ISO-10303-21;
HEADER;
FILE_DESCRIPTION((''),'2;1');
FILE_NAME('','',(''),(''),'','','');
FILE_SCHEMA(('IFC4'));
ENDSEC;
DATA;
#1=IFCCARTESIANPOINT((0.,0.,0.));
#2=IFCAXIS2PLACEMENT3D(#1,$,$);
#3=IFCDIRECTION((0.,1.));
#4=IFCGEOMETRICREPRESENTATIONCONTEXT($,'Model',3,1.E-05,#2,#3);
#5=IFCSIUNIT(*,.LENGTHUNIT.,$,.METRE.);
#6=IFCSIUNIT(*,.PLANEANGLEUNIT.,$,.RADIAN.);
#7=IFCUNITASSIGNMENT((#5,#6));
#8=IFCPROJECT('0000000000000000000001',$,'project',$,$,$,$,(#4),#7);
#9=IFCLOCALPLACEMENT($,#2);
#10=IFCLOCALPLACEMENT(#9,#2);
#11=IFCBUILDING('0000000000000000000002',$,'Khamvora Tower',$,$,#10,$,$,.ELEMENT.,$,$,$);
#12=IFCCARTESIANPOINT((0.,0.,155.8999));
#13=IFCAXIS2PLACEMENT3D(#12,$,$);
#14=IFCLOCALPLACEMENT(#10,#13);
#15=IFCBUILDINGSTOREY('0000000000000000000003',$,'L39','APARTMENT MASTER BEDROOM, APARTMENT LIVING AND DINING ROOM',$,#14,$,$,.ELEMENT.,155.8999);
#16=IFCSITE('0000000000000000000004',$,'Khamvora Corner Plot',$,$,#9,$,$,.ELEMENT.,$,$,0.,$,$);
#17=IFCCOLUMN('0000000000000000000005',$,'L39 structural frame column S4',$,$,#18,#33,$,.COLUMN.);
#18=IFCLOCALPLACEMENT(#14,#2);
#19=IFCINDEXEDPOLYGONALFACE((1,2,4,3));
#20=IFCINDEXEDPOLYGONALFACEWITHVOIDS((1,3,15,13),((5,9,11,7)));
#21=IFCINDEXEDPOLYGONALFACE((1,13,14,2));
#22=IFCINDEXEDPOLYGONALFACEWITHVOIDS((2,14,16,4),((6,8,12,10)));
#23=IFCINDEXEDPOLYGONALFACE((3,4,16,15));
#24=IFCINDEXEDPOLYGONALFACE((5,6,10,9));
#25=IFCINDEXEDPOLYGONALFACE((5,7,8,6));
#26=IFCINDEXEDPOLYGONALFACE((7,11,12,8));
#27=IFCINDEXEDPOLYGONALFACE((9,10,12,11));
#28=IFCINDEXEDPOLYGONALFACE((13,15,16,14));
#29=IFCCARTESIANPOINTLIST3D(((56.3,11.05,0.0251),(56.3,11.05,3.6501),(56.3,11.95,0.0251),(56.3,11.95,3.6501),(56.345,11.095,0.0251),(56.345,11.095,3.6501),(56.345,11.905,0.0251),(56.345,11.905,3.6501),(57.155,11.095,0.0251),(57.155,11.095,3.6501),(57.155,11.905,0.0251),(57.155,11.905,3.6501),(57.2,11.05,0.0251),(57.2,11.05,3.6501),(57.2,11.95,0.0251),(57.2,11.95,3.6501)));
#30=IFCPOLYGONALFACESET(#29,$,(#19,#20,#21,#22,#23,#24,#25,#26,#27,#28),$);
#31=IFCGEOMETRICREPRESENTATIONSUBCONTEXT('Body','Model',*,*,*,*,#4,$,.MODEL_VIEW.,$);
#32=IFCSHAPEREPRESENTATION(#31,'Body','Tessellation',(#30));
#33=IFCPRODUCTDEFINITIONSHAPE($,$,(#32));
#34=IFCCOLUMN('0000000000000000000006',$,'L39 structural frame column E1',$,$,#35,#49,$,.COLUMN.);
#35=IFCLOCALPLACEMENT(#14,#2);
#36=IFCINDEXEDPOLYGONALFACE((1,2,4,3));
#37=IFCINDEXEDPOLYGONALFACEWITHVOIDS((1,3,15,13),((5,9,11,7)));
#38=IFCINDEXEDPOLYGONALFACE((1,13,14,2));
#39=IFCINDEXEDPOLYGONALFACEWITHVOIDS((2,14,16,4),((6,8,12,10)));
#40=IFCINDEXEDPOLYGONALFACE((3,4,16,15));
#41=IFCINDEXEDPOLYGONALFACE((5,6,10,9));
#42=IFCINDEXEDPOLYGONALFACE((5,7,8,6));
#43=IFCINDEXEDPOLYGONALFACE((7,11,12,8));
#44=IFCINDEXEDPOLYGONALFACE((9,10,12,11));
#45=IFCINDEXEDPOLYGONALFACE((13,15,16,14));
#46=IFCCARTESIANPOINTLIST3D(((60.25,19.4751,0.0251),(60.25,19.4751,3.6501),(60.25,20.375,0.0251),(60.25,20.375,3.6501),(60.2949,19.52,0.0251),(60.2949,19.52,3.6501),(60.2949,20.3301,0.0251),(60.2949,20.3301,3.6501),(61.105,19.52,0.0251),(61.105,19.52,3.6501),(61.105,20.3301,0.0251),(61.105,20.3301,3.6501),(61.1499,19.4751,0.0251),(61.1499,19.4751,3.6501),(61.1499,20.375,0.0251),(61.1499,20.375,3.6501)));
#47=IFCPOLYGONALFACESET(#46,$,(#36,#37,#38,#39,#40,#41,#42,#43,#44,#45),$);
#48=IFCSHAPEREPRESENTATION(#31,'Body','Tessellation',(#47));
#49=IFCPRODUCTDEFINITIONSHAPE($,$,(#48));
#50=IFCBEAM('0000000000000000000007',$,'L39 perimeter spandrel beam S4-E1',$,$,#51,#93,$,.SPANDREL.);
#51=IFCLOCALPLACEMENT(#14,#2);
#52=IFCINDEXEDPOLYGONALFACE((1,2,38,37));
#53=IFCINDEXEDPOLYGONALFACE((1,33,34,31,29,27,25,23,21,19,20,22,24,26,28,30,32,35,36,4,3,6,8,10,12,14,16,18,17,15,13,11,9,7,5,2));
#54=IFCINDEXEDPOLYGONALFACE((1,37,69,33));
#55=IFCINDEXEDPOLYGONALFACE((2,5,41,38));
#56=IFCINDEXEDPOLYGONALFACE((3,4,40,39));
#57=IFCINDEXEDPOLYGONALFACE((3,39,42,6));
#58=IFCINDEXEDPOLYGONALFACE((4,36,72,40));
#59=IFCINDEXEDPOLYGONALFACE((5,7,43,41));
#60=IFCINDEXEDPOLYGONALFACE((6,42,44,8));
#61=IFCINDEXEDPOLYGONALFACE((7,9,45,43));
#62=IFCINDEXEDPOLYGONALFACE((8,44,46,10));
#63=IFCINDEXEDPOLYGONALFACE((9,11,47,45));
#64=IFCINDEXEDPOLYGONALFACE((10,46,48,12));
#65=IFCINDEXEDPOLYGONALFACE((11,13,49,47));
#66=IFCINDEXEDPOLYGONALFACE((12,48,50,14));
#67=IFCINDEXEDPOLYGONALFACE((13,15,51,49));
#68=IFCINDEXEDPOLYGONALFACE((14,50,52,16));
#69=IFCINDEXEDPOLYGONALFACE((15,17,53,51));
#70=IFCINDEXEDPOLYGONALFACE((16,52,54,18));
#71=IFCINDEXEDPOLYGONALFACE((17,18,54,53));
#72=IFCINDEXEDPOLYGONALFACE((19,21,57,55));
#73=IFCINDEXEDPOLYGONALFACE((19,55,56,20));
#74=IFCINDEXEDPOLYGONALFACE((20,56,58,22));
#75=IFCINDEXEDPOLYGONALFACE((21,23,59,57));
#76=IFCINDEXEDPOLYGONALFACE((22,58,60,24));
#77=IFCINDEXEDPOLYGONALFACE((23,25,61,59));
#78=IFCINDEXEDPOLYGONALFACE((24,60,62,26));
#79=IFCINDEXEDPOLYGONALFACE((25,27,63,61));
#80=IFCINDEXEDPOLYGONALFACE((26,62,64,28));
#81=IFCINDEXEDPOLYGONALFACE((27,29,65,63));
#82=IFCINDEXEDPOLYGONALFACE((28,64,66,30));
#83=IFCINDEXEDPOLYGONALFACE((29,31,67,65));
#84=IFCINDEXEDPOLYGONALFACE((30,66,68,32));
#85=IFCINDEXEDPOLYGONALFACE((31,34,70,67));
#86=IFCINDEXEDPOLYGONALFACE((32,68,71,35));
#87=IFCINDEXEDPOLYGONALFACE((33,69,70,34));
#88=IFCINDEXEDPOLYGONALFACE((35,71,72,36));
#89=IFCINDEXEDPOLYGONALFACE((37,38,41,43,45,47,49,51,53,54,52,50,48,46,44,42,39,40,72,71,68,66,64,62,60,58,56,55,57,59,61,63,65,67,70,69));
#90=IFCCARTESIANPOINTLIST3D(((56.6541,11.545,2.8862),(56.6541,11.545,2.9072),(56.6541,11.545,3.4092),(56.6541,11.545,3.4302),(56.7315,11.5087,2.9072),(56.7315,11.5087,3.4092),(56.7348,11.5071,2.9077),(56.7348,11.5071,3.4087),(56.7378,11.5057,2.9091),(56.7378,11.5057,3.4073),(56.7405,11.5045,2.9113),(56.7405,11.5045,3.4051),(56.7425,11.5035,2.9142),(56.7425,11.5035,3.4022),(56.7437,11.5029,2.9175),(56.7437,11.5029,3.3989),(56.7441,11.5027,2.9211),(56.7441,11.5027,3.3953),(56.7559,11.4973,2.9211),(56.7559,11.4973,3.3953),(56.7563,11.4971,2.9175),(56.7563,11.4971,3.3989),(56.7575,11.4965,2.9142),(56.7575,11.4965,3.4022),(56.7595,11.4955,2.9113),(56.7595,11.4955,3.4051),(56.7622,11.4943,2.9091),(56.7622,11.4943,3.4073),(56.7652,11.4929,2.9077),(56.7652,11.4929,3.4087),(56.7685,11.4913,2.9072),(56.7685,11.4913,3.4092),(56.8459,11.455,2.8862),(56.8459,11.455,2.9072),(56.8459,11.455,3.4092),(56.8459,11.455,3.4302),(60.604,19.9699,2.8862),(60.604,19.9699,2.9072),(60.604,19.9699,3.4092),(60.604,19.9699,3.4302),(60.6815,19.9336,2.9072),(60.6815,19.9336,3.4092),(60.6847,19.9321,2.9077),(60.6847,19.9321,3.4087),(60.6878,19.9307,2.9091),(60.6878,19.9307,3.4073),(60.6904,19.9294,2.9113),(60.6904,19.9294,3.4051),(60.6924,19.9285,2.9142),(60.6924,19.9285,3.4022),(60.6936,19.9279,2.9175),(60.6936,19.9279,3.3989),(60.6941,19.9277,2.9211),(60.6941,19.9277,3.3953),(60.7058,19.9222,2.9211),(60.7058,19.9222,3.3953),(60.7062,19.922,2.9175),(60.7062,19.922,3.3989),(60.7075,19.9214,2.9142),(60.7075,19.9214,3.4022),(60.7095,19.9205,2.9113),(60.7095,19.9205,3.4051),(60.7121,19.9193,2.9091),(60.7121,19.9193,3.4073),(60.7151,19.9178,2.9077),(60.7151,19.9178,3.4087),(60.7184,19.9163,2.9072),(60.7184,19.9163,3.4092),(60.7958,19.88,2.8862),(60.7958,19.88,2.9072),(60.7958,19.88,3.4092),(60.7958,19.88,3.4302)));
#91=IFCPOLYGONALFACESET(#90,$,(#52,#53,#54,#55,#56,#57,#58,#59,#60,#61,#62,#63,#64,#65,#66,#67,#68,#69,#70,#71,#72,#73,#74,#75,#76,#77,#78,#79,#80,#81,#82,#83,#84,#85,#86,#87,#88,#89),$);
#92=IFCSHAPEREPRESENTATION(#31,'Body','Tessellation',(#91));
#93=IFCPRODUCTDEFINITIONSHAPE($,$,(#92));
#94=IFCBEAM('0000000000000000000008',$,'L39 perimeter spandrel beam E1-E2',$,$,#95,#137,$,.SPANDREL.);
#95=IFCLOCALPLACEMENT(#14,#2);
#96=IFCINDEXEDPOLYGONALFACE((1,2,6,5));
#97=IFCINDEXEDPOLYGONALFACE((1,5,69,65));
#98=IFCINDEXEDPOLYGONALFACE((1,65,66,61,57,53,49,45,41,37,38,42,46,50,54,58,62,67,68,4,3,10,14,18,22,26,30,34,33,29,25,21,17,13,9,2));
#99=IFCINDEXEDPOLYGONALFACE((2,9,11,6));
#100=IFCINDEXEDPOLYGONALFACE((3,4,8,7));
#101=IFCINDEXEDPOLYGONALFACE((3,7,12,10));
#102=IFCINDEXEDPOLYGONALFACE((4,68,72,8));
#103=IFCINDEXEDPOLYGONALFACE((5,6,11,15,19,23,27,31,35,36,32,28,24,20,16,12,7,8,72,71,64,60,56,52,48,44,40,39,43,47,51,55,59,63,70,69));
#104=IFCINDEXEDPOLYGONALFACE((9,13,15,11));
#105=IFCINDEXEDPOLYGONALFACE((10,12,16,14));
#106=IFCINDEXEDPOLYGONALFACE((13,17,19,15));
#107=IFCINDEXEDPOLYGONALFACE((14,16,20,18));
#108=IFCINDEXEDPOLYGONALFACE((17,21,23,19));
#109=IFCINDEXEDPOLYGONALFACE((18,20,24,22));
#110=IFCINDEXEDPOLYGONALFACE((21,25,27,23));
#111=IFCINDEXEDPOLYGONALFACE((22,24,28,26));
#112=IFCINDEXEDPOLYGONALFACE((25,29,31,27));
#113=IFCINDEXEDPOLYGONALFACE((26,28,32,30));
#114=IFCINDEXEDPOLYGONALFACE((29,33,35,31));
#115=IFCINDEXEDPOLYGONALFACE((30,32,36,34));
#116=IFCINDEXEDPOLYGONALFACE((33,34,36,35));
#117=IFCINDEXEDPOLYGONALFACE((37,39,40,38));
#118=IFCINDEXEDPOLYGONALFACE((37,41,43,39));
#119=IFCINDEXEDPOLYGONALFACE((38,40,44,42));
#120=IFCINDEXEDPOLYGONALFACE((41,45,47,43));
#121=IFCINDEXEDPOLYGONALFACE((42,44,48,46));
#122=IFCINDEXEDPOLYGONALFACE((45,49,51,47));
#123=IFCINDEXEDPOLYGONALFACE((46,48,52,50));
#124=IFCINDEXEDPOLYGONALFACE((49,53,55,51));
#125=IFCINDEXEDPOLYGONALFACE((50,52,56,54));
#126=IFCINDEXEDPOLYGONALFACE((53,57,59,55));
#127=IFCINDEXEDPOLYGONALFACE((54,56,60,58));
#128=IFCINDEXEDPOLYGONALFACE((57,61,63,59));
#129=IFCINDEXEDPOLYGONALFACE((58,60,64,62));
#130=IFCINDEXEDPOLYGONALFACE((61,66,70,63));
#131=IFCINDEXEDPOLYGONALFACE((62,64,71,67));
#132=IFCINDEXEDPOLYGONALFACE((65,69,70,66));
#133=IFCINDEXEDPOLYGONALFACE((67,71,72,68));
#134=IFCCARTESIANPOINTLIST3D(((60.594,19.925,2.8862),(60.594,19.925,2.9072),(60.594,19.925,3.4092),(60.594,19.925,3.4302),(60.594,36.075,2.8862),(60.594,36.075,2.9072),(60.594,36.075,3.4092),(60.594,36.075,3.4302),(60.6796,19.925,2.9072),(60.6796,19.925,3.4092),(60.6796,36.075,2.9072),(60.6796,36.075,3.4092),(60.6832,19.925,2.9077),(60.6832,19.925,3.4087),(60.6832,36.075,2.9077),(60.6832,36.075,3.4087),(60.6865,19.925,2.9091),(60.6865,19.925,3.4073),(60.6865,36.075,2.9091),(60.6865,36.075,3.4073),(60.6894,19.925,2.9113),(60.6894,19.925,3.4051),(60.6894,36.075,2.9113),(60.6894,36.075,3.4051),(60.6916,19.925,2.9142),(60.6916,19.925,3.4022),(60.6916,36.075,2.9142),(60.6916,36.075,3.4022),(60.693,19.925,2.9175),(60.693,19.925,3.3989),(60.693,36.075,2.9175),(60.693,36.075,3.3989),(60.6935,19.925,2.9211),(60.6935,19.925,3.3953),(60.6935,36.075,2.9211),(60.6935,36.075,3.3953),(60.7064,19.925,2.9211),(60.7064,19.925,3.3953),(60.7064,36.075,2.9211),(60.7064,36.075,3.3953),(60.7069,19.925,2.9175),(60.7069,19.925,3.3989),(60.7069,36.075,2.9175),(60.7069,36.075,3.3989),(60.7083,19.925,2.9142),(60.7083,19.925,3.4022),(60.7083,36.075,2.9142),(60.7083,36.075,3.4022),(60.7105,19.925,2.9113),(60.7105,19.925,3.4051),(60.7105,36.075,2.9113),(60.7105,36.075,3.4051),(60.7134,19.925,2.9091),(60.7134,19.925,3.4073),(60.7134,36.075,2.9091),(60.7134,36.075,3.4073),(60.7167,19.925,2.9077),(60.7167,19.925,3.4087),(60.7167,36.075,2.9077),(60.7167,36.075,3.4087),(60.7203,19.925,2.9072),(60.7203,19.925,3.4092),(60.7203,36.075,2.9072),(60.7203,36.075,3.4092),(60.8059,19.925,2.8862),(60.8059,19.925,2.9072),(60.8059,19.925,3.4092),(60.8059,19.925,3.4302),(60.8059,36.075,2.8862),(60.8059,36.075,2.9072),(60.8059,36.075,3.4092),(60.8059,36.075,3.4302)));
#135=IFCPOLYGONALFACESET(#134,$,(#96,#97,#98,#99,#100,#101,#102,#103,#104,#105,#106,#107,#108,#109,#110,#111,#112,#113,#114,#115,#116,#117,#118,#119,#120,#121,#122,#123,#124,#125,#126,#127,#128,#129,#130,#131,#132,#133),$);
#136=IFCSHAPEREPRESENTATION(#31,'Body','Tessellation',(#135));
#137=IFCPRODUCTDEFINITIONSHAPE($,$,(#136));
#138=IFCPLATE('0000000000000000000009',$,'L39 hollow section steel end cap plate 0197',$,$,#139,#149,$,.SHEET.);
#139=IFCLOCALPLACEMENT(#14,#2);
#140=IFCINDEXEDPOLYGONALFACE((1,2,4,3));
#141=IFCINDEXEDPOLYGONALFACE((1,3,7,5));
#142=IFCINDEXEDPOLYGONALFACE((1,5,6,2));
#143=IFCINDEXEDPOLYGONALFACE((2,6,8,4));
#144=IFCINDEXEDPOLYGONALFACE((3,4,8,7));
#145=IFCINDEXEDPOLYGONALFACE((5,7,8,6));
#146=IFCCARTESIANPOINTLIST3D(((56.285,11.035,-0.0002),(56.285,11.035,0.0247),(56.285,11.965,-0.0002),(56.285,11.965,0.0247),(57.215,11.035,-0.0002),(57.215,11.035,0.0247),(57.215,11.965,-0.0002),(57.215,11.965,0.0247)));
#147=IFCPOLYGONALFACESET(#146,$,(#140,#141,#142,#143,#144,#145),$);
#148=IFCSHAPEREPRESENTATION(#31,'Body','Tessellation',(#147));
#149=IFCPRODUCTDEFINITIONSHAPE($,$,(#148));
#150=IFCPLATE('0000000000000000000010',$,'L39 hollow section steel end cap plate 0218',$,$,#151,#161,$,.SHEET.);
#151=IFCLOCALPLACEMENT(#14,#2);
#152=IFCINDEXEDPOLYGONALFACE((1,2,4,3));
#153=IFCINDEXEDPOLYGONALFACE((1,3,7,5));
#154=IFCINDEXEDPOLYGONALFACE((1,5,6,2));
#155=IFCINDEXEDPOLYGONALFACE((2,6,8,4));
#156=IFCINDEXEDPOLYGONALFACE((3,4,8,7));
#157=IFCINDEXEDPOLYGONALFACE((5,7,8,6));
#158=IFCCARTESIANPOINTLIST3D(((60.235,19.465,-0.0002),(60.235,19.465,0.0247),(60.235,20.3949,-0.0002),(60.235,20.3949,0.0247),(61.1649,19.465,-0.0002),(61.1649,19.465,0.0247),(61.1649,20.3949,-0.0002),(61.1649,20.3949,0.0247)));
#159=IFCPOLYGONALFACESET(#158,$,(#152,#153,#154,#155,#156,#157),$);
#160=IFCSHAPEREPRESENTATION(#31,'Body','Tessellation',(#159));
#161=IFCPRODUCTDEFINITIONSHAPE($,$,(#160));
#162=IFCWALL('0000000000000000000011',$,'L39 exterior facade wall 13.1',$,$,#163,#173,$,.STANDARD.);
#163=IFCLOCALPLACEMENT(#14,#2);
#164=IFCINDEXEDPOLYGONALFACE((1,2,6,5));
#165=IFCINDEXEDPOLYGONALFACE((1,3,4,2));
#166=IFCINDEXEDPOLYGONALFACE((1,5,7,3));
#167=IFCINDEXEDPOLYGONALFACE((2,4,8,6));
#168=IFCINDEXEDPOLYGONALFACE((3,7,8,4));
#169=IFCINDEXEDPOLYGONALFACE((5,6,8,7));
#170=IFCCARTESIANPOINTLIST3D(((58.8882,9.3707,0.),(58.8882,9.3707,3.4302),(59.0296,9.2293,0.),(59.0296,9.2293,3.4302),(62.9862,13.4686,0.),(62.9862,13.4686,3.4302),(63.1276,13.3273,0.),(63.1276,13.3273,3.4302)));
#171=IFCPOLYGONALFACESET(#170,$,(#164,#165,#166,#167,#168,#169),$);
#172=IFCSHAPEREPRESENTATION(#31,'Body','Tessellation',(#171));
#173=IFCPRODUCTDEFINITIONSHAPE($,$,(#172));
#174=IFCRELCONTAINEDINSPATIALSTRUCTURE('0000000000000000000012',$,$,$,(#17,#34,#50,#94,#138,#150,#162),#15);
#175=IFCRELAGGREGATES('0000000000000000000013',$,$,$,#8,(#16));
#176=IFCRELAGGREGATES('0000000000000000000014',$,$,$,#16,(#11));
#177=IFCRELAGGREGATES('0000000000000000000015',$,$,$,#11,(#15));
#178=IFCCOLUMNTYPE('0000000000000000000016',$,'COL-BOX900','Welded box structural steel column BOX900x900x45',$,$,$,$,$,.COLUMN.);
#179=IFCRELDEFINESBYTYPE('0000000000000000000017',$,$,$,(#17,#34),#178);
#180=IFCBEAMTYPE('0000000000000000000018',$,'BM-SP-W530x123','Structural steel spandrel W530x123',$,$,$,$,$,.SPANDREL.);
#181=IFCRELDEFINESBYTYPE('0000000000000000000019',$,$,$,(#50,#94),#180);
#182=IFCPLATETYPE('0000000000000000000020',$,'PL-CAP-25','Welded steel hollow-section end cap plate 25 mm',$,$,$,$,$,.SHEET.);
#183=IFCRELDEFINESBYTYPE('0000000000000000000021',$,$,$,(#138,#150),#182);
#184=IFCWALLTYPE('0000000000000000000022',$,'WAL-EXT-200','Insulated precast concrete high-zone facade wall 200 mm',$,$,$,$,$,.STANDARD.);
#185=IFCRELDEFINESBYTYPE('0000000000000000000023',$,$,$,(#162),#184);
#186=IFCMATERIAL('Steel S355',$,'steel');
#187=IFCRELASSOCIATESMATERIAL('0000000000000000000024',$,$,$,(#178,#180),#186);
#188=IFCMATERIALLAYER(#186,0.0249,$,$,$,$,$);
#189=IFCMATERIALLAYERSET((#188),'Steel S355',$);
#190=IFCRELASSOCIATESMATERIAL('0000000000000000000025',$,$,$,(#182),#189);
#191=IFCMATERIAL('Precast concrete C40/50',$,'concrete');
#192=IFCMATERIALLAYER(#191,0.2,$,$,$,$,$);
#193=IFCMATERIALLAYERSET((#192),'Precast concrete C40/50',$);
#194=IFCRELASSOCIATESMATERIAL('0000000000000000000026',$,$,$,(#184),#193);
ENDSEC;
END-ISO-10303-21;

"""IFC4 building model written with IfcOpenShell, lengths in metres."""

from ifc_helpers import new_model, si_unit, direction, frame, frame_2d, origin, origin_2d, place, context, subcontext, project, spatial, rectangle, hollow_rectangle, i_section, extrude, material, layer, layer_set, material_profile, profile_set, type_object, element, save


model = new_model("IFC4")

# Units and contexts
model_context = context("Model", 3, precision=1e-05, world=origin(), true_north=direction((0.0, 1.0)))
body_context = subcontext(model_context, "Body", "Model", "MODEL_VIEW")
ifc_project = project(units=[si_unit("LENGTHUNIT", "METRE"), si_unit("PLANEANGLEUNIT", "RADIAN")], contexts=[model_context])

# Site, building, storey
site_placement = place(None, origin())
site = spatial("IfcSite", under=ifc_project, at=site_placement, Name="Khamvora Corner Plot", CompositionType="ELEMENT", RefElevation=0.0)
building_placement = place(site_placement, origin())
building = spatial("IfcBuilding", under=site, at=building_placement, Name="Khamvora Tower", CompositionType="ELEMENT")
storey_placement = place(building_placement, frame((0.0, 0.0, 155.8999)))
storey = spatial("IfcBuildingStorey", under=building, at=storey_placement, Name="L39", Description="APARTMENT MASTER BEDROOM, APARTMENT LIVING AND DINING ROOM", CompositionType="ELEMENT", Elevation=155.8999)

# Columns
ifc_material_1 = material(Name="Steel S355", Category="steel")
ifc_material_profile_1 = material_profile(ifc_material_1, hollow_rectangle(XDim=0.8999, YDim=0.8999, WallThickness=0.0449, at=origin_2d()), Name="BOX900x900x45")
ifc_profile_set_1 = profile_set([ifc_material_profile_1], Name="Steel S355")
column_type = type_object("IfcColumnType", Name="COL-BOX900", Description="Welded box structural steel column BOX900x900x45", PredefinedType="COLUMN", material=ifc_profile_set_1)
for number, where, z_axis, x_axis, name in (
    (1, (56.75, 11.5, 0.0251), (0.0, 0.0, 1.0), (1.0, 0.0, 0.0), "L39 structural frame column S4"),
    (2, (60.7, 19.925, 0.0251), (0.0, 0.0, 1.0), (1.0, 0.0, 0.0), "L39 structural frame column E1"),
):
    element("IfcColumn", number, at=place(storey_placement, frame(where, z_axis=z_axis, x_axis=x_axis)), inside=storey, type_object=column_type, Name=name, PredefinedType="COLUMN", context=body_context, shape_type="SweptSolid", body=[
        extrude(hollow_rectangle(XDim=0.8999, YDim=0.8999, WallThickness=0.0449, at=origin_2d()), origin(), (0.0, 0.0, 1.0), 3.625),
    ])

# Beams
ifc_material_profile_2 = material_profile(ifc_material_1, i_section(OverallWidth=0.2119, OverallDepth=0.5439, WebThickness=0.0129, FlangeThickness=0.021, FilletRadius=0.0139, at=origin_2d()), Name="W530x123")
ifc_profile_set_2 = profile_set([ifc_material_profile_2], Name="Steel S355")
beam_type = type_object("IfcBeamType", Name="BM-SP-W530x123", Description="Structural steel spandrel W530x123", PredefinedType="SPANDREL", material=ifc_profile_set_2)
beam_1_placement = place(storey_placement, frame((56.75, 11.5, 3.1582), z_axis=(0.424496, 0.90543, 0.0), x_axis=(-0.90543, 0.424496, 0.0)))
element("IfcBeam", 3, at=beam_1_placement, inside=storey, type_object=beam_type, Name="L39 perimeter spandrel beam S4-E1", PredefinedType="SPANDREL", context=body_context, shape_type="SweptSolid", body=[
    extrude(i_section(OverallWidth=0.2119, OverallDepth=0.5439, WebThickness=0.0129, FlangeThickness=0.021, FilletRadius=0.0139, at=origin_2d()), origin(), (0.0, 0.0, 1.0), 9.3049),
])
beam_2_placement = place(storey_placement, frame((60.7, 19.925, 3.1582), z_axis=(0.0, 1.0, 0.0), x_axis=(-1.0, 0.0, 0.0)))
element("IfcBeam", 4, at=beam_2_placement, inside=storey, type_object=beam_type, Name="L39 perimeter spandrel beam E1-E2", PredefinedType="SPANDREL", context=body_context, shape_type="SweptSolid", body=[
    extrude(i_section(OverallWidth=0.2119, OverallDepth=0.5439, WebThickness=0.0129, FlangeThickness=0.021, FilletRadius=0.0139, at=origin_2d()), origin(), (0.0, 0.0, 1.0), 16.1499),
])

# Plates
ifc_layer_1 = layer(ifc_material_1, 0.0249)
ifc_layer_set_1 = layer_set([ifc_layer_1], Name="Steel S355")
plate_type = type_object("IfcPlateType", Name="PL-CAP-25", Description="Welded steel hollow-section end cap plate 25 mm", PredefinedType="SHEET", material=ifc_layer_set_1)
for number, where, z_axis, x_axis, name in (
    (5, (56.75, 11.5, -0.0002), (0.0, 0.0, 1.0), (1.0, 0.0, 0.0), "L39 hollow section steel end cap plate 0197"),
    (6, (60.7, 19.9299, -0.0002), (0.0, 0.0, 1.0), (1.0, 0.0, 0.0), "L39 hollow section steel end cap plate 0218"),
):
    element("IfcPlate", number, at=place(storey_placement, frame(where, z_axis=z_axis, x_axis=x_axis)), inside=storey, type_object=plate_type, Name=name, PredefinedType="SHEET", context=body_context, shape_type="SweptSolid", body=[
        extrude(rectangle(XDim=0.9299, YDim=0.9299, at=origin_2d()), origin(), (0.0, 0.0, 1.0), 0.0249),
    ])

# Wall
ifc_material_2 = material(Name="Precast concrete C40/50", Category="concrete")
ifc_layer_2 = layer(ifc_material_2, 0.2)
ifc_layer_set_2 = layer_set([ifc_layer_2], Name="Precast concrete C40/50")
wall_type_1 = type_object("IfcWallType", Name="WAL-EXT-200", Description="Insulated precast concrete high-zone facade wall 200 mm", PredefinedType="STANDARD", material=ifc_layer_set_2)
wall_1_placement = place(storey_placement, frame((63.0569, 13.3979, 0.0), z_axis=(0.0, 0.0, 1.0), x_axis=(-0.707107, -0.707107, 0.0)))
element("IfcWall", 7, at=wall_1_placement, inside=storey, type_object=wall_type_1, Name="L39 exterior facade wall 13.1", PredefinedType="STANDARD", context=body_context, shape_type="SweptSolid", body=[
    extrude(rectangle(XDim=5.7954, YDim=0.2, at=frame_2d((2.8977, 0.0))), origin(), (0.0, 0.0, 1.0), 3.4302),
])

save(model, "model.ifc")
